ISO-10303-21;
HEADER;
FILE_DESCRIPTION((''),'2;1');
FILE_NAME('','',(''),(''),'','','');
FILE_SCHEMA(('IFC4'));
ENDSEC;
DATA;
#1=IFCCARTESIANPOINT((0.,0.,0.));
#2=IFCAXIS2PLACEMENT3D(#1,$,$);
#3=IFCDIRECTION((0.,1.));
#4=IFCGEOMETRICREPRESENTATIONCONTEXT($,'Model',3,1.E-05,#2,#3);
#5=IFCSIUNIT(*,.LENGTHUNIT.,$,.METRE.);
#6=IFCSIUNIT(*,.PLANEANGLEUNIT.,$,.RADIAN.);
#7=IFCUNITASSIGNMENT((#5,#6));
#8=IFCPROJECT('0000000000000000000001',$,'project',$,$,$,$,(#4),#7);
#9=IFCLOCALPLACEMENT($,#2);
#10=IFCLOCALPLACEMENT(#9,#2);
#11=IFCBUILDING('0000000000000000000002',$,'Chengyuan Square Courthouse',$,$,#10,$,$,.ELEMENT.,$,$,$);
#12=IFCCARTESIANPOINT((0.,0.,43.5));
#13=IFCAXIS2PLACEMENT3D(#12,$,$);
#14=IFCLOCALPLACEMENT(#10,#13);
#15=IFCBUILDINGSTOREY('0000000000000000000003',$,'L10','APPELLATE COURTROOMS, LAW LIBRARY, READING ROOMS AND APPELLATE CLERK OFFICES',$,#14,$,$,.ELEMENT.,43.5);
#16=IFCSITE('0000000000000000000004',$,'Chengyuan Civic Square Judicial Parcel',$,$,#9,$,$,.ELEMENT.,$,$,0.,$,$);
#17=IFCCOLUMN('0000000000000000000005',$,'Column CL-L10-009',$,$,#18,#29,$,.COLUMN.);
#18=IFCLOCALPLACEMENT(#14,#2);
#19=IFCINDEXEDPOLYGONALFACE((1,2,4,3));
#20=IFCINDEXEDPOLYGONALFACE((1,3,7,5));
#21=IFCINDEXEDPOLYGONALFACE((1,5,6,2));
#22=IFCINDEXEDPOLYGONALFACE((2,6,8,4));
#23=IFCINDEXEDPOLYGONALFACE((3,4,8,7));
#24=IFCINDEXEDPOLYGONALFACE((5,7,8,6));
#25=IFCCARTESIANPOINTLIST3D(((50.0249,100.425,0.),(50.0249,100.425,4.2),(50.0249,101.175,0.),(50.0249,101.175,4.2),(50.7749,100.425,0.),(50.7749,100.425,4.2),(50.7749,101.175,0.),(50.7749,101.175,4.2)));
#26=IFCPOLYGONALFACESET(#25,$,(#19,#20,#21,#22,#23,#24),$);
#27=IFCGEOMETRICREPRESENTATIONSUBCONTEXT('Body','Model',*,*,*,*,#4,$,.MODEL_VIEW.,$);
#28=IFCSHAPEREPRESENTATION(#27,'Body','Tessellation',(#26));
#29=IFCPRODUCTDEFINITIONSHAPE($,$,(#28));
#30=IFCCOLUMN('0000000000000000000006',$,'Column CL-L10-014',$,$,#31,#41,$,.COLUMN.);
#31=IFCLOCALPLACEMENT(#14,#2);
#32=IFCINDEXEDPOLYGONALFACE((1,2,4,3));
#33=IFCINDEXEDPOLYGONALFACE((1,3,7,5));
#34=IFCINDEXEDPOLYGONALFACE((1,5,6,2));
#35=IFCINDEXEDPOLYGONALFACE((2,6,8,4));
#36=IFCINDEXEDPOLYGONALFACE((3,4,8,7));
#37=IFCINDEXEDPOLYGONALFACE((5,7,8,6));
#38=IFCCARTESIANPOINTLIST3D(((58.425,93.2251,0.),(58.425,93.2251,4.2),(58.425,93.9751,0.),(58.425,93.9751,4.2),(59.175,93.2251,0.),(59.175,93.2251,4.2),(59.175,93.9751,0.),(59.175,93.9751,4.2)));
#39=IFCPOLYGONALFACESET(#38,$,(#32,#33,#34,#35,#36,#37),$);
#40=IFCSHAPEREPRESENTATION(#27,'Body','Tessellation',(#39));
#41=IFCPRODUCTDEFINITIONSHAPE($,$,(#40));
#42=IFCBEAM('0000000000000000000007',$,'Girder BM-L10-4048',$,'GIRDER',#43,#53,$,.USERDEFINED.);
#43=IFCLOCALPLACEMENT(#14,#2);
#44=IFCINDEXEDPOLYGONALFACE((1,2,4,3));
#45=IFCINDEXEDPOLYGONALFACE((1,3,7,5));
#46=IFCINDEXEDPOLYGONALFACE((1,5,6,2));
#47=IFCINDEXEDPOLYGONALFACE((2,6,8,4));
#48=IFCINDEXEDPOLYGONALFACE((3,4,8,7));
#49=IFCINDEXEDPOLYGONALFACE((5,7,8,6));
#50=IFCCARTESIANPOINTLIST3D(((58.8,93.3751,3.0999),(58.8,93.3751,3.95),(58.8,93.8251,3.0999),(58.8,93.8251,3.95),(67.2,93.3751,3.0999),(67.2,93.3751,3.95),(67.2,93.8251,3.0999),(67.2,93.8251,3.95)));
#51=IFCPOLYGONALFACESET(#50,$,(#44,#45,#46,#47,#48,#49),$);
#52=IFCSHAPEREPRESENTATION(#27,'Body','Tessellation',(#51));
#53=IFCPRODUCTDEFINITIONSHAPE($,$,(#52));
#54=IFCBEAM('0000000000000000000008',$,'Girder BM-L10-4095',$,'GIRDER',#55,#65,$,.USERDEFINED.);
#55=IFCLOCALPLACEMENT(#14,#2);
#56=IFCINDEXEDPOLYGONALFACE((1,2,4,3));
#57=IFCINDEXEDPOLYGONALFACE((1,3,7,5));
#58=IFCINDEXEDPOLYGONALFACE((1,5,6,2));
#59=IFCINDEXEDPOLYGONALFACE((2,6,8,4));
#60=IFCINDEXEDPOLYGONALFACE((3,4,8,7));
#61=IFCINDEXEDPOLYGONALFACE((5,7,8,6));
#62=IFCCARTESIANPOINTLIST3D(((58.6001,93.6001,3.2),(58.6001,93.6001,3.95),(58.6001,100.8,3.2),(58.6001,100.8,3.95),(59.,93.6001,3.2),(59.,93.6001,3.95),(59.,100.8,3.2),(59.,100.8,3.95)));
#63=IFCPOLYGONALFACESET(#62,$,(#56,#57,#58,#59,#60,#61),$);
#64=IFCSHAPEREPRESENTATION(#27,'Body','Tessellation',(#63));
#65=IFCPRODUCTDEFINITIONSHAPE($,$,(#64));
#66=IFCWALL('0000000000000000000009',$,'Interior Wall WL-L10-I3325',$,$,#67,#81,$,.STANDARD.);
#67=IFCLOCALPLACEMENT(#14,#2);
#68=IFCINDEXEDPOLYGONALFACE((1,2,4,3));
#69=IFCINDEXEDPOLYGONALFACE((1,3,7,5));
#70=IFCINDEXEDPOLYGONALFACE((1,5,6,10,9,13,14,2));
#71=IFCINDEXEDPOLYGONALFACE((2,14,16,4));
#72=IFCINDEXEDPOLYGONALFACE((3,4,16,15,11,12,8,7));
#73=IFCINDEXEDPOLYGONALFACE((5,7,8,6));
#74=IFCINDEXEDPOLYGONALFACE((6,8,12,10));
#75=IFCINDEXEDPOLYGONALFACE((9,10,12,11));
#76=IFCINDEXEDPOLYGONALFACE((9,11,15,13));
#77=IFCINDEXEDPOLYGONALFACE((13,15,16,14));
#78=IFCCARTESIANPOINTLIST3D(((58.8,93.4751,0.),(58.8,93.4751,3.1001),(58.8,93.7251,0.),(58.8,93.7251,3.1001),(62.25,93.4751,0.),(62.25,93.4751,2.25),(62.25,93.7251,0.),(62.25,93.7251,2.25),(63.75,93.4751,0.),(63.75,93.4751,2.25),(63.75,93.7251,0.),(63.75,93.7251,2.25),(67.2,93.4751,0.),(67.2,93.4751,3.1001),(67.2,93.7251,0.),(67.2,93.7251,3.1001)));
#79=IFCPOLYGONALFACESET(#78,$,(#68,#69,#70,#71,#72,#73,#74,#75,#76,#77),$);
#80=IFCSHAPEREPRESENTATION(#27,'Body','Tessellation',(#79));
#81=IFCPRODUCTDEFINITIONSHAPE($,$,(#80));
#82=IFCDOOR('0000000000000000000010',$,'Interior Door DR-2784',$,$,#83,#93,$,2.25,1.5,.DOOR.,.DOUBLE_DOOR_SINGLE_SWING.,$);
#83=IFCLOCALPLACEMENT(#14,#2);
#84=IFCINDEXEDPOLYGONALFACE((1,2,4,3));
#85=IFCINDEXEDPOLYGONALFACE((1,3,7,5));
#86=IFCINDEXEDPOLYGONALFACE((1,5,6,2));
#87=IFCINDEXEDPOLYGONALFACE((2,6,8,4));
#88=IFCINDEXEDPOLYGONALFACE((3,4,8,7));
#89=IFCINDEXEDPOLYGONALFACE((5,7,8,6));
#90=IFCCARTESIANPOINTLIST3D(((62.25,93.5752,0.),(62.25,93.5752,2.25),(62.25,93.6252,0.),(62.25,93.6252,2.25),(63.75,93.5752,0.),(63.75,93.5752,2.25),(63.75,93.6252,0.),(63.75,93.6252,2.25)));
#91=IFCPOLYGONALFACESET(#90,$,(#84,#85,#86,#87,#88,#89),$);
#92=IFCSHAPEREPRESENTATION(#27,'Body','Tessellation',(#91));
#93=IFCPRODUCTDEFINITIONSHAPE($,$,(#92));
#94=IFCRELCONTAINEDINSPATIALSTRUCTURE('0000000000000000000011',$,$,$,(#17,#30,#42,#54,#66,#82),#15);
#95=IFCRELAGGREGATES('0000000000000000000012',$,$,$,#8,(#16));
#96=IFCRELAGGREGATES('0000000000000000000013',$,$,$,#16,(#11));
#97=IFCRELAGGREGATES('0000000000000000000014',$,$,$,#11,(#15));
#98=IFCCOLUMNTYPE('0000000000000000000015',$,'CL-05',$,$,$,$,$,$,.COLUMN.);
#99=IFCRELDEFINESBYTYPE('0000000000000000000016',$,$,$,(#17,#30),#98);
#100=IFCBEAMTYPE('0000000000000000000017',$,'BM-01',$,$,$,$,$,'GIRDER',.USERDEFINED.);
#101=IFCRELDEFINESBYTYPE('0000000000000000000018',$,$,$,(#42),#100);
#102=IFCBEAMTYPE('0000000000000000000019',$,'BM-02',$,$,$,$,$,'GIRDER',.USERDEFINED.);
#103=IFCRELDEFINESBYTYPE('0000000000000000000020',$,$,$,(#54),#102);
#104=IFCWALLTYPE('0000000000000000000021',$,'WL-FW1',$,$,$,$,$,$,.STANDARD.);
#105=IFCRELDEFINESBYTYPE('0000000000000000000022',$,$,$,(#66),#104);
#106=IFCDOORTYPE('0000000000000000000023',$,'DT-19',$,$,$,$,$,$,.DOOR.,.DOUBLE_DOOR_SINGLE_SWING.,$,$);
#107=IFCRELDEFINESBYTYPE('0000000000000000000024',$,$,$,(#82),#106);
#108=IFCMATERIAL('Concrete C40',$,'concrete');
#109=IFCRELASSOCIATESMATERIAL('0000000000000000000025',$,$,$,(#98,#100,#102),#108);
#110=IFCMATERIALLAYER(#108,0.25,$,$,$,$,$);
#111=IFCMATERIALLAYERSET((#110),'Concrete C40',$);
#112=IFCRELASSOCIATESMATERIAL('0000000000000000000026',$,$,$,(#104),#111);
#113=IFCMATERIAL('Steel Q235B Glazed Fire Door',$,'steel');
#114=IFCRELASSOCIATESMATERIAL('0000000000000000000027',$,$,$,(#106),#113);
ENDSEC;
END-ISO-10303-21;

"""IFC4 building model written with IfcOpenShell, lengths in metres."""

from ifc_helpers import new_model, si_unit, direction, frame, frame_2d, origin, origin_2d, place, context, subcontext, project, spatial, rectangle, extrude, material, layer, layer_set, material_profile, profile_set, type_object, element, fill, save


model = new_model("IFC4")

# Units and contexts
model_context = context("Model", 3, precision=1e-05, world=origin(), true_north=direction((0.0, 1.0)))
body_context = subcontext(model_context, "Body", "Model", "MODEL_VIEW")
ifc_project = project(units=[si_unit("LENGTHUNIT", "METRE"), si_unit("PLANEANGLEUNIT", "RADIAN")], contexts=[model_context])

# Site, building, storey
site_placement = place(None, origin())
site = spatial("IfcSite", under=ifc_project, at=site_placement, Name="Chengyuan Civic Square Judicial Parcel", CompositionType="ELEMENT", RefElevation=0.0)
building_placement = place(site_placement, origin())
building = spatial("IfcBuilding", under=site, at=building_placement, Name="Chengyuan Square Courthouse", CompositionType="ELEMENT")
storey_placement = place(building_placement, frame((0.0, 0.0, 43.5)))
storey = spatial("IfcBuildingStorey", under=building, at=storey_placement, Name="L10", Description="APPELLATE COURTROOMS, LAW LIBRARY, READING ROOMS AND APPELLATE CLERK OFFICES", CompositionType="ELEMENT", Elevation=43.5)

# Columns
ifc_material_1 = material(Name="Concrete C40", Category="concrete")
ifc_material_profile_1 = material_profile(ifc_material_1, rectangle(XDim=0.75, YDim=0.75, at=origin_2d()), Name="RC-COL-750x750")
ifc_profile_set_1 = profile_set([ifc_material_profile_1], Name="Concrete C40")
column_type = type_object("IfcColumnType", Name="CL-05", PredefinedType="COLUMN", material=ifc_profile_set_1)
for number, where, z_axis, x_axis, name in (
    (1, (50.3999, 100.8, 0.0), (0.0, 0.0, 1.0), (1.0, 0.0, 0.0), "Column CL-L10-009"),
    (2, (58.8, 93.6001, 0.0), (0.0, 0.0, 1.0), (1.0, 0.0, 0.0), "Column CL-L10-014"),
):
    element("IfcColumn", number, at=place(storey_placement, frame(where, z_axis=z_axis, x_axis=x_axis)), inside=storey, type_object=column_type, Name=name, PredefinedType="COLUMN", context=body_context, shape_type="SweptSolid", body=[
        extrude(rectangle(XDim=0.75, YDim=0.75, at=origin_2d()), origin(), (0.0, 0.0, 1.0), 4.2),
    ])

# Beams
ifc_material_profile_2 = material_profile(ifc_material_1, rectangle(XDim=0.45, YDim=0.8501, at=origin_2d()), Name="RC-BM-450x850")
ifc_profile_set_2 = profile_set([ifc_material_profile_2], Name="Concrete C40")
beam_type_1 = type_object("IfcBeamType", Name="BM-01", ElementType="GIRDER", PredefinedType="USERDEFINED", material=ifc_profile_set_2)
beam_1_placement = place(storey_placement, frame((58.8, 93.6001, 3.5249), z_axis=(1.0, 0.0, 0.0), x_axis=(0.0, 1.0, 0.0)))
element("IfcBeam", 3, at=beam_1_placement, inside=storey, type_object=beam_type_1, Name="Girder BM-L10-4048", ObjectType="GIRDER", PredefinedType="USERDEFINED", context=body_context, shape_type="SweptSolid", body=[
    extrude(rectangle(XDim=0.45, YDim=0.8501, at=origin_2d()), origin(), (0.0, 0.0, 1.0), 8.3999),
])
ifc_material_profile_3 = material_profile(ifc_material_1, rectangle(XDim=0.3999, YDim=0.75, at=origin_2d()), Name="RC-BM-400x750")
ifc_profile_set_3 = profile_set([ifc_material_profile_3], Name="Concrete C40")
beam_type_2 = type_object("IfcBeamType", Name="BM-02", ElementType="GIRDER", PredefinedType="USERDEFINED", material=ifc_profile_set_3)
beam_2_placement = place(storey_placement, frame((58.8, 93.6001, 3.575), z_axis=(0.0, 1.0, 0.0), x_axis=(-1.0, 0.0, 0.0)))
element("IfcBeam", 4, at=beam_2_placement, inside=storey, type_object=beam_type_2, Name="Girder BM-L10-4095", ObjectType="GIRDER", PredefinedType="USERDEFINED", context=body_context, shape_type="SweptSolid", body=[
    extrude(rectangle(XDim=0.3999, YDim=0.75, at=origin_2d()), origin(), (0.0, 0.0, 1.0), 7.2),
])

# Wall, opening, door
ifc_layer_1 = layer(ifc_material_1, 0.25)
ifc_layer_set_1 = layer_set([ifc_layer_1], Name="Concrete C40")
wall_type_1 = type_object("IfcWallType", Name="WL-FW1", PredefinedType="STANDARD", material=ifc_layer_set_1)
wall_1_placement = place(storey_placement, frame((58.8, 93.6001, 0.0), z_axis=(0.0, 0.0, 1.0), x_axis=(1.0, 0.0, 0.0)))
wall_1 = element("IfcWall", 5, at=wall_1_placement, inside=storey, type_object=wall_type_1, Name="Interior Wall WL-L10-I3325", PredefinedType="STANDARD", context=body_context, shape_type="SweptSolid", body=[
    extrude(rectangle(XDim=8.3999, YDim=0.25, at=frame_2d((4.2, 0.0))), origin(), (0.0, 0.0, 1.0), 3.1001),
])
opening_1_placement = place(wall_1_placement, frame((3.45, 0.0, 0.0)))
opening_1 = element("IfcOpeningElement", 6, at=opening_1_placement, cuts=wall_1, PredefinedType="OPENING", context=body_context, shape_type="SweptSolid", body=[
    extrude(rectangle(XDim=1.5, YDim=2.25, at=frame_2d((0.75, 1.125))), frame((0.0, 0.137, 0.0), z_axis=(0.0, -1.0, 0.0), x_axis=(1.0, 0.0, 0.0)), (0.0, 0.0, 1.0), 0.2739),
])
ifc_material_2 = material(Name="Steel Q235B Glazed Fire Door", Category="steel")
door_type_1 = type_object("IfcDoorType", Name="DT-19", OperationType="DOUBLE_DOOR_SINGLE_SWING", PredefinedType="DOOR", material=ifc_material_2)
door_1_placement = place(opening_1_placement, frame((1.5, 0.0, 0.0), z_axis=(0.0, 0.0, 1.0), x_axis=(-1.0, 0.0, 0.0)))
door_1 = element("IfcDoor", 7, at=door_1_placement, inside=storey, type_object=door_type_1, Name="Interior Door DR-2784", OperationType="DOUBLE_DOOR_SINGLE_SWING", OverallHeight=2.25, OverallWidth=1.5, PredefinedType="DOOR", context=body_context, shape_type="SweptSolid", body=[
    extrude(rectangle(XDim=1.5, YDim=2.25, at=frame_2d((0.75, 1.125))), frame((0.0, 0.0249, 0.0), z_axis=(0.0, -1.0, 0.0), x_axis=(1.0, 0.0, 0.0)), (0.0, 0.0, 1.0), 0.05),
])
fill(opening_1, door_1)

save(model, "model.ifc")
